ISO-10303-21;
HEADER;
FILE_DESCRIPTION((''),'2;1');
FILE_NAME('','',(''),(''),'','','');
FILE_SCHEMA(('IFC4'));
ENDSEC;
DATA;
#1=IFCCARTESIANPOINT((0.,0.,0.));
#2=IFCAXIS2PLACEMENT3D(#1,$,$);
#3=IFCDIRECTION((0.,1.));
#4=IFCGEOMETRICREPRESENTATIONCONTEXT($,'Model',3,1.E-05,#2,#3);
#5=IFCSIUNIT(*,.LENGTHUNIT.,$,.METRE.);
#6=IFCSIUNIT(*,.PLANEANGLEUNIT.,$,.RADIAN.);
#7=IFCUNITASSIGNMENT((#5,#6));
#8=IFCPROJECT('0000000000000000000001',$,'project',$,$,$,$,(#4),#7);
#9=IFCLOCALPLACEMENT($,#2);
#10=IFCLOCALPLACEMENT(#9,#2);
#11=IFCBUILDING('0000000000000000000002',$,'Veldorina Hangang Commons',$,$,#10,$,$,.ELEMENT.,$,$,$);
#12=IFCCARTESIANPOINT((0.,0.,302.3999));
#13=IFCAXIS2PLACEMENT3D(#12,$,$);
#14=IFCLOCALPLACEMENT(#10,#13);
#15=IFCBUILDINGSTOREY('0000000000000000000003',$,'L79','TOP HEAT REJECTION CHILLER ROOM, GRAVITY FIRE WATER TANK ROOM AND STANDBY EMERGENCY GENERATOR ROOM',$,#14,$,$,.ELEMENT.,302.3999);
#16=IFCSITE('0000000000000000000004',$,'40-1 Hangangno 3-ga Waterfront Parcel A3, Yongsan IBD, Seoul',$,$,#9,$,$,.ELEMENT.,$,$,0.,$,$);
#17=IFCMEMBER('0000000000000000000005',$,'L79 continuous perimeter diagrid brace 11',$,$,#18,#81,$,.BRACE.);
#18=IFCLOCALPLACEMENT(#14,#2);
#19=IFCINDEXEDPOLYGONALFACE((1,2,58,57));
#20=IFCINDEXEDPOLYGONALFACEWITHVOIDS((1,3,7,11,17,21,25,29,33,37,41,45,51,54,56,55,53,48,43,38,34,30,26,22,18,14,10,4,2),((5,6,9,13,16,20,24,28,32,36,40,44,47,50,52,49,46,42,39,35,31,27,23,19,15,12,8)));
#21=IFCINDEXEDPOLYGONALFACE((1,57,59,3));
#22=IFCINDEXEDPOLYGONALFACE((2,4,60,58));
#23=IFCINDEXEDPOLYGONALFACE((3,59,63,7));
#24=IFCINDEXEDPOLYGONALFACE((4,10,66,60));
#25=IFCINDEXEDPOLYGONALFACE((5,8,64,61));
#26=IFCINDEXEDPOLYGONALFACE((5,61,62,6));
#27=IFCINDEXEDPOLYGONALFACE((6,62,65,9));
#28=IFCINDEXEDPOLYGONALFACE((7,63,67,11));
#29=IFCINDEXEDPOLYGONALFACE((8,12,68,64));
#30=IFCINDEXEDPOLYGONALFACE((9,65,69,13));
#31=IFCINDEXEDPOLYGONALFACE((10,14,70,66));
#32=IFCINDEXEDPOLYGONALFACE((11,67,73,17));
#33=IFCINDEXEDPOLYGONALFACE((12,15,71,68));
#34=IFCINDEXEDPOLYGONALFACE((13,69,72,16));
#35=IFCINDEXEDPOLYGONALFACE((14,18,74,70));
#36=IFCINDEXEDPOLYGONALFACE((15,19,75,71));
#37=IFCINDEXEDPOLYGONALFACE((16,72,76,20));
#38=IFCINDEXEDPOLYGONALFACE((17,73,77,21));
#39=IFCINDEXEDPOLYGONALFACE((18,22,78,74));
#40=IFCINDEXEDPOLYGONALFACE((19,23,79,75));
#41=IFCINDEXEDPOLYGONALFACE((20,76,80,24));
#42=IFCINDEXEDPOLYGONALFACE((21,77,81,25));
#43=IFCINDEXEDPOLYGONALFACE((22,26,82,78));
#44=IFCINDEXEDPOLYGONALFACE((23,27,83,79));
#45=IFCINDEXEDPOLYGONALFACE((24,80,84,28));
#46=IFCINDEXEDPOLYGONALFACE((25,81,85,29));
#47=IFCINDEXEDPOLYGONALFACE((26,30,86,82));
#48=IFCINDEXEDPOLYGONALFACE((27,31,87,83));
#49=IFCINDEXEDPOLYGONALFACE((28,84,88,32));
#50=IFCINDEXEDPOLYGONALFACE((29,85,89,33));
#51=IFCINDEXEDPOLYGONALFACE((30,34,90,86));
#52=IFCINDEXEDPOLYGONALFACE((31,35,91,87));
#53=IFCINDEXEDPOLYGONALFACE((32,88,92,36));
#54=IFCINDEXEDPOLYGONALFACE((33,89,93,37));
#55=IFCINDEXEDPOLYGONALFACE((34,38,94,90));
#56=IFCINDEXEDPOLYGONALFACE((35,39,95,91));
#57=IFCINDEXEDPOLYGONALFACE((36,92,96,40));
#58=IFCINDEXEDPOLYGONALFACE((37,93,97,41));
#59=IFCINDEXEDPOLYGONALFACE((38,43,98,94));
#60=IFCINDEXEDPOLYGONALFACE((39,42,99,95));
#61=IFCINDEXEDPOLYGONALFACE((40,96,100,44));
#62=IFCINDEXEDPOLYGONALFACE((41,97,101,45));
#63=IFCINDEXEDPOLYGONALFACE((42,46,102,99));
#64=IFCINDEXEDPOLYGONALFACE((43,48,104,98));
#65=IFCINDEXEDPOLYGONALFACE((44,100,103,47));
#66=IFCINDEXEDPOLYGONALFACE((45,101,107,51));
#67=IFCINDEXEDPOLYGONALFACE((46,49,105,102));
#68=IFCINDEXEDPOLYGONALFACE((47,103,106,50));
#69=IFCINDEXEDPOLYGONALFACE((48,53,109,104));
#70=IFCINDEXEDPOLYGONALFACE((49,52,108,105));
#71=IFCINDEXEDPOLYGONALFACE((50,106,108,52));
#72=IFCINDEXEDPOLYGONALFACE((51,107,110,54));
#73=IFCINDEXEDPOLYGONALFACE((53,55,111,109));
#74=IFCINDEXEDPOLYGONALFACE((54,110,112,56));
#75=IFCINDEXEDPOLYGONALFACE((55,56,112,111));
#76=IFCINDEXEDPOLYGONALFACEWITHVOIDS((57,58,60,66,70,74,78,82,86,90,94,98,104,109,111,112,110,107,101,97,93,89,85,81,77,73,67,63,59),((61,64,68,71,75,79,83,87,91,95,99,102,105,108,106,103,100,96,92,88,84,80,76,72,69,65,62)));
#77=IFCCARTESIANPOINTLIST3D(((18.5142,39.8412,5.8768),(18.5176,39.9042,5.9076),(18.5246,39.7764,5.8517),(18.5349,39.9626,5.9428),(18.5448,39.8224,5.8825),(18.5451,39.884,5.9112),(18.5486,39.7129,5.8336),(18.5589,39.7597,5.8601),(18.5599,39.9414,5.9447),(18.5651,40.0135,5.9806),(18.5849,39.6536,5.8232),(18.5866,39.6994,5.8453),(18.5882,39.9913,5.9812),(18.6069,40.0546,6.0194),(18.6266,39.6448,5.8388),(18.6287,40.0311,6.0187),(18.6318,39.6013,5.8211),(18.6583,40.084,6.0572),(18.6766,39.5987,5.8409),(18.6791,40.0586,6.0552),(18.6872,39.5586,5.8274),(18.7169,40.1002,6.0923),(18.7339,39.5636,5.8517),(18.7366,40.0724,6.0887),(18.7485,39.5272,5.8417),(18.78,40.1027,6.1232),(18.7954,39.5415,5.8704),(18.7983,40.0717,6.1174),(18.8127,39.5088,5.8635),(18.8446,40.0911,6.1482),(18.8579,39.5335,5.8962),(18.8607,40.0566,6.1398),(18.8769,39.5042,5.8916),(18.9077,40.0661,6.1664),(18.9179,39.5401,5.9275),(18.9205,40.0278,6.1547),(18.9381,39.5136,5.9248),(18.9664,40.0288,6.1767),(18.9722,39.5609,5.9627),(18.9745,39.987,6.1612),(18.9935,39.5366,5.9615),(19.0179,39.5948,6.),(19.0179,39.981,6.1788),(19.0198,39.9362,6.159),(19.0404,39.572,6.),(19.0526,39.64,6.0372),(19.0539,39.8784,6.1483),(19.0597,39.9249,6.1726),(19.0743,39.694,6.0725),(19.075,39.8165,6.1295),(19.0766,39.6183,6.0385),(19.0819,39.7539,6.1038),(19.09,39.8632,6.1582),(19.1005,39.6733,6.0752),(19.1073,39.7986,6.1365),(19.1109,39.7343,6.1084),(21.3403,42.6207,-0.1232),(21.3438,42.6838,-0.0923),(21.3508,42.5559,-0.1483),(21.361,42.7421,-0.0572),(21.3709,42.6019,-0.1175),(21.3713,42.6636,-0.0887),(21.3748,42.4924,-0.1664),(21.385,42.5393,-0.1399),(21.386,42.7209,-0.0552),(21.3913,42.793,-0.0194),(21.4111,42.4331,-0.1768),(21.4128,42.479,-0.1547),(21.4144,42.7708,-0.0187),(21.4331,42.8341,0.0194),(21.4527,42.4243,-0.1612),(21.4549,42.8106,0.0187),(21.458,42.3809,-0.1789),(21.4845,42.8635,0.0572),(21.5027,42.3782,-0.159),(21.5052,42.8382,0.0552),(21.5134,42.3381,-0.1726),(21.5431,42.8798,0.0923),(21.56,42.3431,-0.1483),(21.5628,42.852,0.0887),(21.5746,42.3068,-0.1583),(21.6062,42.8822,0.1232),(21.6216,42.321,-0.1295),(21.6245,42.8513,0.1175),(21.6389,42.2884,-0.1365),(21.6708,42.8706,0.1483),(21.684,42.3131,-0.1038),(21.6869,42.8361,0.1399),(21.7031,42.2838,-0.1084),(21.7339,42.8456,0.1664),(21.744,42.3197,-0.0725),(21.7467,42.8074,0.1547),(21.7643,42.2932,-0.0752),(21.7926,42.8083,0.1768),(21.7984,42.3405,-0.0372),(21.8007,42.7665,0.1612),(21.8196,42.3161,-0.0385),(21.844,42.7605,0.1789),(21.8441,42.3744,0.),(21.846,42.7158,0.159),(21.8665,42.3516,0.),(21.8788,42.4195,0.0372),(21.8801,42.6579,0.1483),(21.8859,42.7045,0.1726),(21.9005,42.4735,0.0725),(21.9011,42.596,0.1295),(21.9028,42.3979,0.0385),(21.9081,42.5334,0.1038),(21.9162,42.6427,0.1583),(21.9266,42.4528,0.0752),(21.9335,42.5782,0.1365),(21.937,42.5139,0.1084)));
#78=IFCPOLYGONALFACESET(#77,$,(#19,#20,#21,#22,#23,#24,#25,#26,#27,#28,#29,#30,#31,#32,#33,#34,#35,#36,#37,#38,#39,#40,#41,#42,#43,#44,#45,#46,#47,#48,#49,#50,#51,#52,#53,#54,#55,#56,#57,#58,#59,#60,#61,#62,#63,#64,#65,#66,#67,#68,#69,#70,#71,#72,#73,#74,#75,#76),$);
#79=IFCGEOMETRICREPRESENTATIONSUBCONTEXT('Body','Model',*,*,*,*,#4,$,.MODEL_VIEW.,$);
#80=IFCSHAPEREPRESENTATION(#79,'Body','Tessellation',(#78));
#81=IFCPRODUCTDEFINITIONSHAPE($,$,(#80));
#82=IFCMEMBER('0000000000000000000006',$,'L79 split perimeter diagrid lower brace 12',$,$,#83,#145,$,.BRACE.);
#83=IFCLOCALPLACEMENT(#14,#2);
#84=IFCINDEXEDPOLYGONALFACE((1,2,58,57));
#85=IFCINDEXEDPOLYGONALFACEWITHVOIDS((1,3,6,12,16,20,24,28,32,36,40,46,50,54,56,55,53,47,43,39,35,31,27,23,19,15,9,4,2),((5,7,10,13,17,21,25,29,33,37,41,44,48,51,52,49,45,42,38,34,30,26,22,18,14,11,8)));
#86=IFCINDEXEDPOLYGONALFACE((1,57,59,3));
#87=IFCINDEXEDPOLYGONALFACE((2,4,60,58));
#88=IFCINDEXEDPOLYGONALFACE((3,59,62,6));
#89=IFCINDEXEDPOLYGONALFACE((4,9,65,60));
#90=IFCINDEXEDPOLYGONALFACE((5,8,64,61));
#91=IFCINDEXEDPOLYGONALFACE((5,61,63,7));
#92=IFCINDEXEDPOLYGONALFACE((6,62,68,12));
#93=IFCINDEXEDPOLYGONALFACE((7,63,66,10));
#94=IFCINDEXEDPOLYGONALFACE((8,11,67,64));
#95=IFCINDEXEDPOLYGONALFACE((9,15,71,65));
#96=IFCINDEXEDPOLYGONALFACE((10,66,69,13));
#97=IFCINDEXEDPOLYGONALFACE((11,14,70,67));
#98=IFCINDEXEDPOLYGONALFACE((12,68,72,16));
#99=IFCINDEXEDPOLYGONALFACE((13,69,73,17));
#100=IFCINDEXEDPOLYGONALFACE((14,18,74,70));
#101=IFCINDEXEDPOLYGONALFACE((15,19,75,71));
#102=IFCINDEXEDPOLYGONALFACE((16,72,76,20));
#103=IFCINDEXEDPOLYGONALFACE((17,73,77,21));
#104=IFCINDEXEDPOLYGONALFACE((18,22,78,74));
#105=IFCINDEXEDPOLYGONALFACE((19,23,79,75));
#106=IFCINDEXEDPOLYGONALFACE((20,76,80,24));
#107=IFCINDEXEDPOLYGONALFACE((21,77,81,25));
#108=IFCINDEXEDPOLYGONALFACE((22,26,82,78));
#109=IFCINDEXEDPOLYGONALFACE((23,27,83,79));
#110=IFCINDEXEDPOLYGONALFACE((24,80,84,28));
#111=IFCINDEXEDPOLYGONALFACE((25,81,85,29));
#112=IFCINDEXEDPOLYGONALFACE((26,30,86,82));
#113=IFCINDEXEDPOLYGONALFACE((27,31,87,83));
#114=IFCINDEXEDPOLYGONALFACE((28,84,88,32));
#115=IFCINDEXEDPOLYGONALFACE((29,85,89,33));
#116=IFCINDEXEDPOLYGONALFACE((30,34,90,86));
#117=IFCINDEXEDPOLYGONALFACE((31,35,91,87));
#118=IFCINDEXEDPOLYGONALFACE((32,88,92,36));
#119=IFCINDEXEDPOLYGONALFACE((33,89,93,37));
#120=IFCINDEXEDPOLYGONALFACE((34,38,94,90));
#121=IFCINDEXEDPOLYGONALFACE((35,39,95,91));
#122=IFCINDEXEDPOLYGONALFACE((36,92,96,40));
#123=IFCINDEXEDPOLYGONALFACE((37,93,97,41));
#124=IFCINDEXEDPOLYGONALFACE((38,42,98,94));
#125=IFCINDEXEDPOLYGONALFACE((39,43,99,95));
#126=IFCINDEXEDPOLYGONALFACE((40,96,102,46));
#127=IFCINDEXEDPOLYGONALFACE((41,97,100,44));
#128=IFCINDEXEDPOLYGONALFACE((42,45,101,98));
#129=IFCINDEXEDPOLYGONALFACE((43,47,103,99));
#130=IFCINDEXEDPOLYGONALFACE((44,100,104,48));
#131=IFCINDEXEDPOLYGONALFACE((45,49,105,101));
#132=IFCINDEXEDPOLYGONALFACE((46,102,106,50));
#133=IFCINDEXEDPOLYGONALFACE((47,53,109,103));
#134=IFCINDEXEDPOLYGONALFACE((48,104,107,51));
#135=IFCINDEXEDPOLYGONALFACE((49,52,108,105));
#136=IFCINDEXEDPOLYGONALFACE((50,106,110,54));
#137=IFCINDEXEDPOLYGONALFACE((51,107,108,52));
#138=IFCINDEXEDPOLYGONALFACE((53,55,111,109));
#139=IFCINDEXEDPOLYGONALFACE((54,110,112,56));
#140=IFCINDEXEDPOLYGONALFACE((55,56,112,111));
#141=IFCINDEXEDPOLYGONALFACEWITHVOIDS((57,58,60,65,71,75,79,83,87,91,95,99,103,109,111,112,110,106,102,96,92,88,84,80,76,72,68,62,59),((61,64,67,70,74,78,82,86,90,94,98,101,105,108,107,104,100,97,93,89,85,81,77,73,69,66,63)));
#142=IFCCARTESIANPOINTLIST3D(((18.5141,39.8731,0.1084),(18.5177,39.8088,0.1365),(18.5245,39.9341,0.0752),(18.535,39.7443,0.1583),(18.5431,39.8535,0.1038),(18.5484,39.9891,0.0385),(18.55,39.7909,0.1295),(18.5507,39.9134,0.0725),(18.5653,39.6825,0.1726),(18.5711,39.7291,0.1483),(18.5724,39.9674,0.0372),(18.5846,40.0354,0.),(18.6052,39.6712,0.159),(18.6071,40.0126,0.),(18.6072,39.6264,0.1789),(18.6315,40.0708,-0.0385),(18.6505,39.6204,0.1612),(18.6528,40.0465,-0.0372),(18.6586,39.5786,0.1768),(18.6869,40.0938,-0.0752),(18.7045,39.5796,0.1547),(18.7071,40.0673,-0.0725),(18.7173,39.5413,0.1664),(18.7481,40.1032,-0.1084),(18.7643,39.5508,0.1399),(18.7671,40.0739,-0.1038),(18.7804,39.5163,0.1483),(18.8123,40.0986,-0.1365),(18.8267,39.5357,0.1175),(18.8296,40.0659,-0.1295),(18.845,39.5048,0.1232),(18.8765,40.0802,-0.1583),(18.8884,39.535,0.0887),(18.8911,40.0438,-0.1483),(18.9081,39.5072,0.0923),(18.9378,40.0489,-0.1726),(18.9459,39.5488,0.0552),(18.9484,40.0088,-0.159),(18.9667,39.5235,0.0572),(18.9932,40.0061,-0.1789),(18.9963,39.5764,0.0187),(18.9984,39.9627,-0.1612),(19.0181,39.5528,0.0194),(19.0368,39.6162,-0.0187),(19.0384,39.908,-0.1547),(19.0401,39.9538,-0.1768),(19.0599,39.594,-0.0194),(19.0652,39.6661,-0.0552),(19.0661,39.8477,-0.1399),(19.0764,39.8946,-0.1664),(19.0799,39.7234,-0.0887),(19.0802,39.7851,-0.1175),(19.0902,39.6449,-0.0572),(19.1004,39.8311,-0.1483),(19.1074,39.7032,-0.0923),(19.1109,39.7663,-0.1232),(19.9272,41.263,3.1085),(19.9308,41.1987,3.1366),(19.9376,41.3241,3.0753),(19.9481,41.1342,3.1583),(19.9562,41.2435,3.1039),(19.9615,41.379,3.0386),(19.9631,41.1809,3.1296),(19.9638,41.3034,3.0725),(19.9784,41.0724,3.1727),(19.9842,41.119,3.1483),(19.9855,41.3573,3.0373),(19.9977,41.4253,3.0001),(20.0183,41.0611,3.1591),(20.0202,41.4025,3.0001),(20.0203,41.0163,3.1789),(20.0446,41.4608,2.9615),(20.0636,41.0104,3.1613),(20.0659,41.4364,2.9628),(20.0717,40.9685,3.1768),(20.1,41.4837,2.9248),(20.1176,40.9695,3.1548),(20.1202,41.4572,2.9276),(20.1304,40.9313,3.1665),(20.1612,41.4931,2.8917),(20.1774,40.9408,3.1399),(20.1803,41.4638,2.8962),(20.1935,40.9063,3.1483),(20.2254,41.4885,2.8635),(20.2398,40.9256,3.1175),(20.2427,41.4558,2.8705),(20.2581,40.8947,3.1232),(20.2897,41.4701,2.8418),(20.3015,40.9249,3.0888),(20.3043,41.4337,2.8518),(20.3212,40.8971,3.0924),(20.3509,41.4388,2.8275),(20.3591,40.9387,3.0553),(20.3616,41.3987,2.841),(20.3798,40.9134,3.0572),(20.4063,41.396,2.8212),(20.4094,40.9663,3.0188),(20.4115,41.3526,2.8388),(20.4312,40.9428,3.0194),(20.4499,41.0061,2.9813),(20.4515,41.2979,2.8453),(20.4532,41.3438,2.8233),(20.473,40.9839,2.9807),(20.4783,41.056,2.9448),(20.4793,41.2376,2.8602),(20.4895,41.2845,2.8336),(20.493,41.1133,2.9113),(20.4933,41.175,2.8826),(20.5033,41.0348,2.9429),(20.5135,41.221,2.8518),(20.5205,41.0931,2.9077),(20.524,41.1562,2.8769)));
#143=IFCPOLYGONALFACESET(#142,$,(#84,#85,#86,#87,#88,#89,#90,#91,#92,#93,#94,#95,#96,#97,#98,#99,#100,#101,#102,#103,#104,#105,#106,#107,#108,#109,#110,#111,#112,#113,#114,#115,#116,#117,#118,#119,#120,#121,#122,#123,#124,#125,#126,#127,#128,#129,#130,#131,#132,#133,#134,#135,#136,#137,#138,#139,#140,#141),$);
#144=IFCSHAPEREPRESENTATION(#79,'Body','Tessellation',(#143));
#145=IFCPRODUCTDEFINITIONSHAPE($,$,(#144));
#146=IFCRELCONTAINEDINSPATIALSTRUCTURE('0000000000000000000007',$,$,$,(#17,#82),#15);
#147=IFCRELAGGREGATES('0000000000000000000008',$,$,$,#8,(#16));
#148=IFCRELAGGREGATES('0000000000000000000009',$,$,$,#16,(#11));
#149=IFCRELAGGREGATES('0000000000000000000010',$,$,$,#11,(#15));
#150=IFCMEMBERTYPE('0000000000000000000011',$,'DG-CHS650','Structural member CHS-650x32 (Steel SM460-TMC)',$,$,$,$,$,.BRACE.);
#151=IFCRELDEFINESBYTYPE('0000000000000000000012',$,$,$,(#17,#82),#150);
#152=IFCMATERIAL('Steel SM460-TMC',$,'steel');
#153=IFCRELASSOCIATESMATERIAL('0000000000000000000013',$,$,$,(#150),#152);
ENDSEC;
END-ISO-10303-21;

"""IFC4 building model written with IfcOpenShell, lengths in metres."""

from ifc_helpers import new_model, si_unit, direction, frame, origin, origin_2d, place, context, subcontext, project, spatial, hollow_circle, extrude, material, material_profile, profile_set, type_object, element, save


model = new_model("IFC4")

# Units and contexts
model_context = context("Model", 3, precision=1e-05, world=origin(), true_north=direction((0.0, 1.0)))
body_context = subcontext(model_context, "Body", "Model", "MODEL_VIEW")
ifc_project = project(units=[si_unit("LENGTHUNIT", "METRE"), si_unit("PLANEANGLEUNIT", "RADIAN")], contexts=[model_context])

# Site, building, storey
site_placement = place(None, origin())
site = spatial("IfcSite", under=ifc_project, at=site_placement, Name="40-1 Hangangno 3-ga Waterfront Parcel A3, Yongsan IBD, Seoul", CompositionType="ELEMENT", RefElevation=0.0)
building_placement = place(site_placement, origin())
building = spatial("IfcBuilding", under=site, at=building_placement, Name="Veldorina Hangang Commons", CompositionType="ELEMENT")
storey_placement = place(building_placement, frame((0.0, 0.0, 302.3999)))
storey = spatial("IfcBuildingStorey", under=building, at=storey_placement, Name="L79", Description="TOP HEAT REJECTION CHILLER ROOM, GRAVITY FIRE WATER TANK ROOM AND STANDBY EMERGENCY GENERATOR ROOM", CompositionType="ELEMENT", Elevation=302.3999)

# Shared definitions
ifc_material_1 = material(Name="Steel SM460-TMC", Category="steel")

# Members
ifc_material_profile_1 = material_profile(ifc_material_1, hollow_circle(Radius=0.325, WallThickness=0.032, at=origin_2d()), Name="CHS-650x32")
ifc_profile_set_1 = profile_set([ifc_material_profile_1], Name="Steel SM460-TMC")
member_type_1 = type_object("IfcMemberType", Name="DG-CHS650", Description="Structural member CHS-650x32 (Steel SM460-TMC)", PredefinedType="BRACE", material=ifc_profile_set_1)
member_1_placement = place(storey_placement, frame((21.6387, 42.5833, 0.0), z_axis=(-0.393005, -0.386521, 0.834355), x_axis=(0.7012, -0.712964, 0.0)))
element("IfcMember", 1, at=member_1_placement, inside=storey, type_object=member_type_1, Name="L79 continuous perimeter diagrid brace 11", PredefinedType="BRACE", context=body_context, shape_type="SweptSolid", body=[
    extrude(hollow_circle(Radius=0.325, WallThickness=0.032, at=origin_2d()), origin(), (0.0, 0.0, 1.0), 7.1912),
])
member_2_placement = place(storey_placement, frame((18.8125, 39.8037, 0.0), z_axis=(0.393, 0.38655, 0.834344), x_axis=(-0.701232, 0.712933, 0.0)))
element("IfcMember", 2, at=member_2_placement, inside=storey, type_object=member_type_1, Name="L79 split perimeter diagrid lower brace 12", PredefinedType="BRACE", context=body_context, shape_type="SweptSolid", body=[
    extrude(hollow_circle(Radius=0.325, WallThickness=0.032, at=origin_2d()), origin(), (0.0, 0.0, 1.0), 3.5957),
])

save(model, "model.ifc")
